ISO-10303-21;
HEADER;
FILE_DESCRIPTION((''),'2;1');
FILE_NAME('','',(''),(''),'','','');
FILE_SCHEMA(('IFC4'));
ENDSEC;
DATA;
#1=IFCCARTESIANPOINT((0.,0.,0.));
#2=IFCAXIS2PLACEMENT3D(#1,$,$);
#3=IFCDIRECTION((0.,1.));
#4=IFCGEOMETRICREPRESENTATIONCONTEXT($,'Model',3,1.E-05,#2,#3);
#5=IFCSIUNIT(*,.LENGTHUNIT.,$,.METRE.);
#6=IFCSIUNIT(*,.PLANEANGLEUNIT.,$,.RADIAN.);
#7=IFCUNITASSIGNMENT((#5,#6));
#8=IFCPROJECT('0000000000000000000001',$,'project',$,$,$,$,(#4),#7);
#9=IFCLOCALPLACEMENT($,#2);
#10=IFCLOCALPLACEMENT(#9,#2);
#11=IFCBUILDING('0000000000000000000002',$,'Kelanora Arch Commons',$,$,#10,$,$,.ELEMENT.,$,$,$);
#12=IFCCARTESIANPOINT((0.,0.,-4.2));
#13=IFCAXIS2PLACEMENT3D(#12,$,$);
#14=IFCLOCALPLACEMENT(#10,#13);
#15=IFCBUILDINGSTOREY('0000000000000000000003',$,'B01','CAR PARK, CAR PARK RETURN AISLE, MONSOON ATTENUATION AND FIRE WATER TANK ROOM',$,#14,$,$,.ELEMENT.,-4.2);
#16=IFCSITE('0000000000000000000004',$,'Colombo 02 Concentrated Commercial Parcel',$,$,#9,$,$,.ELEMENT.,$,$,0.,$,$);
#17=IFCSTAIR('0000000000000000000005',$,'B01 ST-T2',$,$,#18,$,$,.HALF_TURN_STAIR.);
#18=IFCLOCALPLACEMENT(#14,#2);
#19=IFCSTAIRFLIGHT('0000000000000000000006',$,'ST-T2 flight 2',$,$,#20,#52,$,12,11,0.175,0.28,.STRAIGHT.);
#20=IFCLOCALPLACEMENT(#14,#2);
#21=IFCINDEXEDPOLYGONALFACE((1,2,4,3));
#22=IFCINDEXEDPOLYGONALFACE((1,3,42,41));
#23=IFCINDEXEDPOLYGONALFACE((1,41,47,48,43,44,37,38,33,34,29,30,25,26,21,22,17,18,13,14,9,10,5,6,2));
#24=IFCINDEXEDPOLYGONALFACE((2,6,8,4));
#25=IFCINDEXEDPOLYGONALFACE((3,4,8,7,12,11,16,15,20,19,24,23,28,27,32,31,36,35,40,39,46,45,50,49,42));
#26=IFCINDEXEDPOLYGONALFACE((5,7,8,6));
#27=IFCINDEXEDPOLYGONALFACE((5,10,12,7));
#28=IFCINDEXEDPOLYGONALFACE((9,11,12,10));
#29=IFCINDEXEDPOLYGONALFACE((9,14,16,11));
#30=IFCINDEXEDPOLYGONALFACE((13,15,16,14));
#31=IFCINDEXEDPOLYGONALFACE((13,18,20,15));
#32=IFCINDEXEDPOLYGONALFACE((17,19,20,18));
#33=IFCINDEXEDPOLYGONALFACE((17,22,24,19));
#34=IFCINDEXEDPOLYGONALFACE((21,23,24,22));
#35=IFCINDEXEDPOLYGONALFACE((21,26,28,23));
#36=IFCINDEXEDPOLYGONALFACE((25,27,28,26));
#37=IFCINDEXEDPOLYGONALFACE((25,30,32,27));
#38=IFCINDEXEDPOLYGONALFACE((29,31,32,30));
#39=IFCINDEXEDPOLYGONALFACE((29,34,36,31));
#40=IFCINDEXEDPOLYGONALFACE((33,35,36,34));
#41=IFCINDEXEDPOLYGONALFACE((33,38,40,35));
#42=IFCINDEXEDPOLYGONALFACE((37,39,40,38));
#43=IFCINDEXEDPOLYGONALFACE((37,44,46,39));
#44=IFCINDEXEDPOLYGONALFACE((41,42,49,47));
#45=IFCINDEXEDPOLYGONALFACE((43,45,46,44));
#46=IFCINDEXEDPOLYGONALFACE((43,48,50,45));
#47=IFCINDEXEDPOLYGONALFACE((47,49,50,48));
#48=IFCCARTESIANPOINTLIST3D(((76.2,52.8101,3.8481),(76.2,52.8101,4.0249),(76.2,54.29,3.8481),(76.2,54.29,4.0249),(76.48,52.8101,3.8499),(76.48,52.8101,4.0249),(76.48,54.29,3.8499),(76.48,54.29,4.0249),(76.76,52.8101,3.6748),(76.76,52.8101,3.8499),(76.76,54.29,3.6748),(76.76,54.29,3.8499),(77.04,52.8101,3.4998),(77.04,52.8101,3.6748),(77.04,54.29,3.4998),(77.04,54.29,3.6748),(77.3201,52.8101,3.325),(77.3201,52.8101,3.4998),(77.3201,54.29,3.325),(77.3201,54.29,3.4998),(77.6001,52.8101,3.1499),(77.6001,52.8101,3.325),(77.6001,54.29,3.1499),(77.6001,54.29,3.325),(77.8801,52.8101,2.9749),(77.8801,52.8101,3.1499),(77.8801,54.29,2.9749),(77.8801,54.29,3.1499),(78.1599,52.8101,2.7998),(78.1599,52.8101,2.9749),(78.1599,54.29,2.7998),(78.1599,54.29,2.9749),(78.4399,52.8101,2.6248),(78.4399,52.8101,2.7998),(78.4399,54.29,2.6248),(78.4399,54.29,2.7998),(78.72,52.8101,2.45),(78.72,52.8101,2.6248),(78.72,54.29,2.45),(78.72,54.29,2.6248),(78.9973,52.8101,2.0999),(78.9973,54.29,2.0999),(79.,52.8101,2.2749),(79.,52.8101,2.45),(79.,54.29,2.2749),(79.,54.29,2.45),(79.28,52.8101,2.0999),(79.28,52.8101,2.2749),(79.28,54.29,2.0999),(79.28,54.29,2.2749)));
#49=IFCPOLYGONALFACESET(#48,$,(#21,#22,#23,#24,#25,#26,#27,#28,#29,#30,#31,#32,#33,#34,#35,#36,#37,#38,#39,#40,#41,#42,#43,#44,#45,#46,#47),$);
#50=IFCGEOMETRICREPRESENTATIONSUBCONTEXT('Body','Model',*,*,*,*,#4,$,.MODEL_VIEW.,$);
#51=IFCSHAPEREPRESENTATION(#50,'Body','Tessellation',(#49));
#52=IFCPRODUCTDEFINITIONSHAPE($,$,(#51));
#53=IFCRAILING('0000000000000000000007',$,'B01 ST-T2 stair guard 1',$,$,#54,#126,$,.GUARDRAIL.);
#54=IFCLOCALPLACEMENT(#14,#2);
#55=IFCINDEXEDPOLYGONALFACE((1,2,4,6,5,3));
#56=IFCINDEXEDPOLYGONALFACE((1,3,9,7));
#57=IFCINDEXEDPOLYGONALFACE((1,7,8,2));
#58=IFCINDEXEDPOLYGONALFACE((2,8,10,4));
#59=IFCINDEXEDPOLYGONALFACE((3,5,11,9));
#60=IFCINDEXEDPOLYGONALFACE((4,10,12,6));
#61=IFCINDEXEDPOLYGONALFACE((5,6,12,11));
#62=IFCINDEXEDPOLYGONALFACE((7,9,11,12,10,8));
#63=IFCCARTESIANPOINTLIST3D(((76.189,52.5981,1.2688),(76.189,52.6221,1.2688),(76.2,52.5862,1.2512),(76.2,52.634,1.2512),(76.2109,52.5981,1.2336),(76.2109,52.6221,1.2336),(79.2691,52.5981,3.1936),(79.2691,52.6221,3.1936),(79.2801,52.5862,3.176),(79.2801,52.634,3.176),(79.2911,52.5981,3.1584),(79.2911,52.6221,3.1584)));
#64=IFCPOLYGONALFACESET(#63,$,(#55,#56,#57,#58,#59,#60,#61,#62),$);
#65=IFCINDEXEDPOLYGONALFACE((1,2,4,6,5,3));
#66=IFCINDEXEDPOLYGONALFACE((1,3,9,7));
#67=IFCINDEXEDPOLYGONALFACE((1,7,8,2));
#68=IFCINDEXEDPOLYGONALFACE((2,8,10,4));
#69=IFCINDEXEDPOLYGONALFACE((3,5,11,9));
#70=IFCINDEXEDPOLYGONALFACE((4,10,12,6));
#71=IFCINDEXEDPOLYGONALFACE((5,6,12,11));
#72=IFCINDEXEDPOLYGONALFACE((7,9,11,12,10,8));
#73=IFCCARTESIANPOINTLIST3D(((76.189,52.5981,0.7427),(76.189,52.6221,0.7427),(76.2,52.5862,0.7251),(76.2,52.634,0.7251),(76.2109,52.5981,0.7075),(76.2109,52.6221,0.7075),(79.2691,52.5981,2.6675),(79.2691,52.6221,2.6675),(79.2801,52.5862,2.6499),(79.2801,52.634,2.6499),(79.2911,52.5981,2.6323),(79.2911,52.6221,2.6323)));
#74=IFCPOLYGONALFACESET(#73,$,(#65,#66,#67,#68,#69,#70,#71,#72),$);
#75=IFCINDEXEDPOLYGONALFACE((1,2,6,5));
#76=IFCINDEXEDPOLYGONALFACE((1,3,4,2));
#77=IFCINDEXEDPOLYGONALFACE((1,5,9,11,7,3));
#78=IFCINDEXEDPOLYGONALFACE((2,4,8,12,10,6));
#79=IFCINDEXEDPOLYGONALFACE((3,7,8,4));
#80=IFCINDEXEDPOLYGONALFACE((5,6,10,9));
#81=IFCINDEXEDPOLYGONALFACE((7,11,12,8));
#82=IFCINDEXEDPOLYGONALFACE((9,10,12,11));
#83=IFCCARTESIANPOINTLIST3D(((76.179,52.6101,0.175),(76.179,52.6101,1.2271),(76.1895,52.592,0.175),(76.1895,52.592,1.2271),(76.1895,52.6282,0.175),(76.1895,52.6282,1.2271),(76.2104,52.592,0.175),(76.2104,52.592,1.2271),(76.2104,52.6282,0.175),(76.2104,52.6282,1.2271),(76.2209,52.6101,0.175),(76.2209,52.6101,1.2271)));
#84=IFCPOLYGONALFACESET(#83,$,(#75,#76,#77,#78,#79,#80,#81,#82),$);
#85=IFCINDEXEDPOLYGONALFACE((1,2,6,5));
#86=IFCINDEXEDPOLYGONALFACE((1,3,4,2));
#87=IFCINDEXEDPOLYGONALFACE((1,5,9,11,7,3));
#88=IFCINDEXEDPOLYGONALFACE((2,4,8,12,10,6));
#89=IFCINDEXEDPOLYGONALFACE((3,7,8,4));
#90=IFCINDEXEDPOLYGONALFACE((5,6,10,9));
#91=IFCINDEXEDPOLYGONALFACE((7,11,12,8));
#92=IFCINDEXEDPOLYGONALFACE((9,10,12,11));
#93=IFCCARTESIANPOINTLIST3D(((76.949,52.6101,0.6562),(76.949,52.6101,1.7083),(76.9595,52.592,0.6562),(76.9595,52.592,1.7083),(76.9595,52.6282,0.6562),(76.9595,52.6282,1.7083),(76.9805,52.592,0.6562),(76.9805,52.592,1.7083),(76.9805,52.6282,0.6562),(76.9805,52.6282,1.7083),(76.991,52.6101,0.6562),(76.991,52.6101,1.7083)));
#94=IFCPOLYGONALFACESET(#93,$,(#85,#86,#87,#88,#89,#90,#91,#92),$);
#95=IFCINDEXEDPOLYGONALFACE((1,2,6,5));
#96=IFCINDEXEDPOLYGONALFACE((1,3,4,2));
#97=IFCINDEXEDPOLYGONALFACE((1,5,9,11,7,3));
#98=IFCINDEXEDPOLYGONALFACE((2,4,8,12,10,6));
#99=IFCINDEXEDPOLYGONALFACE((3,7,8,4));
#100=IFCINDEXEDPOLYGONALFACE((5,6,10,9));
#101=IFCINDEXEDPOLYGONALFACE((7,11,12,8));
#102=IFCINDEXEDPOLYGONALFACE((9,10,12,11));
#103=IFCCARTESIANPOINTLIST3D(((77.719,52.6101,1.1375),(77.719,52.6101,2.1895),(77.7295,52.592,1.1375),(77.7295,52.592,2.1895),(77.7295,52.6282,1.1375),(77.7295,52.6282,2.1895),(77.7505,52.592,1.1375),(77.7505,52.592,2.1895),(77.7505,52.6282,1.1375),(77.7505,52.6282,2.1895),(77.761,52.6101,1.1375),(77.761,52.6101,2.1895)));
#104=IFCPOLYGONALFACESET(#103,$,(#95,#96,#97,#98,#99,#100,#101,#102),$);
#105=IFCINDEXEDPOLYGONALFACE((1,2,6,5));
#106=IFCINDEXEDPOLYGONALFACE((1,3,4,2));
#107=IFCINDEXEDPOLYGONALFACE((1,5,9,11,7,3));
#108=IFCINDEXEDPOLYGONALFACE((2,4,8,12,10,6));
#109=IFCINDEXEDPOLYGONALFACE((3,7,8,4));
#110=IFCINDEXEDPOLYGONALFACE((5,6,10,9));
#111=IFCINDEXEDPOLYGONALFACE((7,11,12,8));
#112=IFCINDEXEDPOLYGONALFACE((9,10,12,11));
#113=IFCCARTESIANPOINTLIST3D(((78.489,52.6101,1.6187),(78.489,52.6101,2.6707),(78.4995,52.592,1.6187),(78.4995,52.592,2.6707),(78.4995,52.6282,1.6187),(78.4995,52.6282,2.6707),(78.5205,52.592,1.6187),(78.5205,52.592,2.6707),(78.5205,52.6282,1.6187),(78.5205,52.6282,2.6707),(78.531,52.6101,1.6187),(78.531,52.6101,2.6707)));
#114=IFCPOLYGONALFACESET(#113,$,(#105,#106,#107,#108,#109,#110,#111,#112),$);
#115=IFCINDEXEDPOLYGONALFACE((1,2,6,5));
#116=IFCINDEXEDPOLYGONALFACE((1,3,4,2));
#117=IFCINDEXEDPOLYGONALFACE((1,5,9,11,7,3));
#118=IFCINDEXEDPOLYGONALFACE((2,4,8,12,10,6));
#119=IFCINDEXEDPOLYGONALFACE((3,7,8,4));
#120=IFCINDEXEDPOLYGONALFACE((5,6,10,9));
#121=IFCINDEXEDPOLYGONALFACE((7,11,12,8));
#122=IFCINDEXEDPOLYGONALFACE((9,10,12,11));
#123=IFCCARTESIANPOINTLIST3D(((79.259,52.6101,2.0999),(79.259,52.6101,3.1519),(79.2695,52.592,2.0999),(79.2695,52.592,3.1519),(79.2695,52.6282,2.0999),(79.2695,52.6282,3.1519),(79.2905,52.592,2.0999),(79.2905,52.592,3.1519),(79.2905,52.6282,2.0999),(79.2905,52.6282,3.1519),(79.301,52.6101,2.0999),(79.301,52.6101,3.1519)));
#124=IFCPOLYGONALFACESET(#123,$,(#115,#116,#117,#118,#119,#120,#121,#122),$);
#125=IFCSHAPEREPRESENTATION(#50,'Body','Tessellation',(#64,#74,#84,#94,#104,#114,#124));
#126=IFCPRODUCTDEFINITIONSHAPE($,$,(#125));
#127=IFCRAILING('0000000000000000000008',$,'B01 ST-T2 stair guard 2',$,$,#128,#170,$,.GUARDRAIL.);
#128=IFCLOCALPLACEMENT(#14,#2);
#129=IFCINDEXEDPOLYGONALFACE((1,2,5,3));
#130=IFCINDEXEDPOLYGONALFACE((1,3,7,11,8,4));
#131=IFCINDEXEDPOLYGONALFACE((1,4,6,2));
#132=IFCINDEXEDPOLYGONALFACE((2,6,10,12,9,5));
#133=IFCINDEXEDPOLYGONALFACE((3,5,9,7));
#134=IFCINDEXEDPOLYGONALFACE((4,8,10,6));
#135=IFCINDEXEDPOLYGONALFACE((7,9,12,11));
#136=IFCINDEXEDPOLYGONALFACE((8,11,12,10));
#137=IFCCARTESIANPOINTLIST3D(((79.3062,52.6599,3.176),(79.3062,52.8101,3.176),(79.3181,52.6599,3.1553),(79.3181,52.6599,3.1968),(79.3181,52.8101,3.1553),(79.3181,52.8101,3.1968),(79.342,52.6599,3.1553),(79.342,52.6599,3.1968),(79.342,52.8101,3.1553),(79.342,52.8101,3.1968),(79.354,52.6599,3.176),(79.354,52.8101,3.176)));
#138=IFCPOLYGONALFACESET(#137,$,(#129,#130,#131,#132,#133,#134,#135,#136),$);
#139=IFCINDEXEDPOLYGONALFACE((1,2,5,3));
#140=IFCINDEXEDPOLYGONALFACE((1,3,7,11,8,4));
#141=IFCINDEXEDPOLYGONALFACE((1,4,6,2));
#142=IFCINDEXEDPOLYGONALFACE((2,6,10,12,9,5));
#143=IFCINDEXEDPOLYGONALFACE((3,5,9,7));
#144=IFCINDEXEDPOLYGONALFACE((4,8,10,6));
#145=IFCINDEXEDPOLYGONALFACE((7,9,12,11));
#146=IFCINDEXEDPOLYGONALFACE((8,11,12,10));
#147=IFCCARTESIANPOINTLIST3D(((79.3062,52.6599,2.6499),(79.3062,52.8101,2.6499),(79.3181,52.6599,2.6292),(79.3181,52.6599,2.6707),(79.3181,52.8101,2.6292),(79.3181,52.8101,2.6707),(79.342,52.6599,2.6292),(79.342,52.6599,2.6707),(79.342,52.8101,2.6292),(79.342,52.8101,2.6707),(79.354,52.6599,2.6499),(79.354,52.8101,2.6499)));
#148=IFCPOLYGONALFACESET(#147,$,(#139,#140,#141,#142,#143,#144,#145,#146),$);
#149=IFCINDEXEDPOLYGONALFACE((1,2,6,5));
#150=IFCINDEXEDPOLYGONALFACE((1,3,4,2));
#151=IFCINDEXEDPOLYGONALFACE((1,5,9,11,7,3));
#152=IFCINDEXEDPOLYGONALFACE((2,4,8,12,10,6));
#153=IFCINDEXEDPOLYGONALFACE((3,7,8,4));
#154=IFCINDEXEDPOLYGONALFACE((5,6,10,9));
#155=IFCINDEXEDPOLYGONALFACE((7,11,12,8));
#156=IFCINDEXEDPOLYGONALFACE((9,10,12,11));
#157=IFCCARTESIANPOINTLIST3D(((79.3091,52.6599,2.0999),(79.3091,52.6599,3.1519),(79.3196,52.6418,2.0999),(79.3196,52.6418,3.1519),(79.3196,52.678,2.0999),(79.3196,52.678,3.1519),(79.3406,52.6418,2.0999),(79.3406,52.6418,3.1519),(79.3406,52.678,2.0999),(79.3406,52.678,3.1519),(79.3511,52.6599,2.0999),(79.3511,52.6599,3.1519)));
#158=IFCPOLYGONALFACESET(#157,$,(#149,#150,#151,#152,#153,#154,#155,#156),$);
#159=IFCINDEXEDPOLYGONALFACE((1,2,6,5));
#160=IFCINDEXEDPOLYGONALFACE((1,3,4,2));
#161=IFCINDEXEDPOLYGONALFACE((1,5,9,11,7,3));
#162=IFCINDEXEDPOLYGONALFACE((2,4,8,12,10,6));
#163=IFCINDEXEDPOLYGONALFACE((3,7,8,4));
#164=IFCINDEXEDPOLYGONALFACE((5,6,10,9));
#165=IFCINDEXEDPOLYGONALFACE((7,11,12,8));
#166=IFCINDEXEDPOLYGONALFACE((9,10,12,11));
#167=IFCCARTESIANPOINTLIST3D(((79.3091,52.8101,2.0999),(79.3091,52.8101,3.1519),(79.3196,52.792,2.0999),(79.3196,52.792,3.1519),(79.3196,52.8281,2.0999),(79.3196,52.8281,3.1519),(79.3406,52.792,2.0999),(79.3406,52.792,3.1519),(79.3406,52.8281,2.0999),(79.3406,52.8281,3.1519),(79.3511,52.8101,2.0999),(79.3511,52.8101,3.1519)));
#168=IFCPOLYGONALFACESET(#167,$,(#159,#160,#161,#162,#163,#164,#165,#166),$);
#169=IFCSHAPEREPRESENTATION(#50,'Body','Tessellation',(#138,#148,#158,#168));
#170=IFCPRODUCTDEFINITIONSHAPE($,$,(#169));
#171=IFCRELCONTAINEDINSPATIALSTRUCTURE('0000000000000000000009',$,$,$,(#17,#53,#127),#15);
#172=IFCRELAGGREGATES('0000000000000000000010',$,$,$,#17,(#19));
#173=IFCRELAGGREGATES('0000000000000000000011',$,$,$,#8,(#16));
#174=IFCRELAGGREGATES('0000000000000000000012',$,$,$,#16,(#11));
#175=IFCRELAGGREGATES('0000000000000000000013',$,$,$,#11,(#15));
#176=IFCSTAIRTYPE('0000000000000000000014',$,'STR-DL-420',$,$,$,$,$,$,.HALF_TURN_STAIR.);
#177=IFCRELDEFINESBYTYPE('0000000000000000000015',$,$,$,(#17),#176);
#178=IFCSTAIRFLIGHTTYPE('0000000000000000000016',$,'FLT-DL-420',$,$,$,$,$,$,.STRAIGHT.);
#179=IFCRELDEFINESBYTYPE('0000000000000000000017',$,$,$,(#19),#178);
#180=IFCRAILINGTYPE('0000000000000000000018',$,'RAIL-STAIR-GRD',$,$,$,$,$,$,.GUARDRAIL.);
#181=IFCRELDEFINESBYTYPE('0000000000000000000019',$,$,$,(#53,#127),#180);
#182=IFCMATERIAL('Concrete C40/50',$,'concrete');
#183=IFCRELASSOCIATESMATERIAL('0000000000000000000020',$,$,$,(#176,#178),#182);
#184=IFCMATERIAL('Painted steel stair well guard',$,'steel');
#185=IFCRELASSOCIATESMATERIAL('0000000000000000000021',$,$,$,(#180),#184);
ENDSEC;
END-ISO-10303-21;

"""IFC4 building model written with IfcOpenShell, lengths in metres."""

from ifc_helpers import new_model, si_unit, direction, frame, origin, place, context, subcontext, project, spatial, polyline, outline, extrude, material, type_object, element, aggregate, save


model = new_model("IFC4")

# Units and contexts
model_context = context("Model", 3, precision=1e-05, world=origin(), true_north=direction((0.0, 1.0)))
body_context = subcontext(model_context, "Body", "Model", "MODEL_VIEW")
ifc_project = project(units=[si_unit("LENGTHUNIT", "METRE"), si_unit("PLANEANGLEUNIT", "RADIAN")], contexts=[model_context])

# Site, building, storey
site_placement = place(None, origin())
site = spatial("IfcSite", under=ifc_project, at=site_placement, Name="Colombo 02 Concentrated Commercial Parcel", CompositionType="ELEMENT", RefElevation=0.0)
building_placement = place(site_placement, origin())
building = spatial("IfcBuilding", under=site, at=building_placement, Name="Kelanora Arch Commons", CompositionType="ELEMENT")
storey_placement = place(building_placement, frame((0.0, 0.0, -4.2)))
storey = spatial("IfcBuildingStorey", under=building, at=storey_placement, Name="B01", Description="CAR PARK, CAR PARK RETURN AISLE, MONSOON ATTENUATION AND FIRE WATER TANK ROOM", CompositionType="ELEMENT", Elevation=-4.2)

# Shared definitions
ifc_material_1 = material(Name="Concrete C40/50", Category="concrete")

# Stair, stair flight
stair_type = type_object("IfcStairType", Name="STR-DL-420", PredefinedType="HALF_TURN_STAIR", material=ifc_material_1)
stair_placement = place(storey_placement, origin())
stair = element("IfcStair", 1, at=stair_placement, inside=storey, type_object=stair_type, Name="B01 ST-T2", PredefinedType="HALF_TURN_STAIR")
stair_flight_type = type_object("IfcStairFlightType", Name="FLT-DL-420", PredefinedType="STRAIGHT", material=ifc_material_1)
stair_flight_1_placement = place(storey_placement, frame((79.28, 53.55, 2.0999), z_axis=(0.0, 0.0, 1.0), x_axis=(-1.0, 0.0, 0.0)))
stair_flight_1 = element("IfcStairFlight", 2, at=stair_flight_1_placement, type_object=stair_flight_type, Name="ST-T2 flight 2", NumberOfRisers=12, NumberOfTreads=11, PredefinedType="STRAIGHT", RiserHeight=0.175, TreadLength=0.28, context=body_context, shape_type="SweptSolid", body=[
    extrude(outline(polyline([(0.0, 0.0), (0.0, 0.175), (0.28, 0.175), (0.28, 0.3501), (0.5601, 0.3501), (0.5601, 0.5249), (0.8401, 0.5249), (0.8401, 0.7), (1.1201, 0.7), (1.1201, 0.875), (1.3999, 0.875), (1.3999, 1.05), (1.6799, 1.05), (1.6799, 1.2251), (1.96, 1.2251), (1.96, 1.3999), (2.24, 1.3999), (2.24, 1.575), (2.52, 1.575), (2.52, 1.75), (2.8, 1.75), (2.8, 1.925), (3.0801, 1.925), (3.0801, 2.1001), (3.0801, 1.7483), (0.2827, 0.0), (0.0, 0.0)])), frame((0.0, 0.74, 0.0), z_axis=(0.0, -1.0, 0.0), x_axis=(1.0, 0.0, 0.0)), (0.0, 0.0, 1.0), 1.48),
])
aggregate(stair, [stair_flight_1])

# Railings
ifc_material_2 = material(Name="Painted steel stair well guard", Category="steel")
railing_type_1 = type_object("IfcRailingType", Name="RAIL-STAIR-GRD", PredefinedType="GUARDRAIL", material=ifc_material_2)
railing_1_placement = place(storey_placement, frame((76.2, 52.6101, 0.175)))
element("IfcRailing", 3, at=railing_1_placement, inside=storey, type_object=railing_type_1, Name="B01 ST-T2 stair guard 1", PredefinedType="GUARDRAIL", context=body_context, shape_type="SweptSolid", body=[
    extrude(outline(polyline([(0.0239, 0.0), (0.012, 0.0208), (-0.012, 0.0208), (-0.0239, 0.0), (-0.012, -0.0208), (0.012, -0.0208), (0.0239, 0.0)])), frame((0.0, 0.0, 1.0762), z_axis=(0.848029, 0.0, 0.529951), x_axis=(0.0, 1.0, 0.0)), (0.0, 0.0, 1.0), 3.6321),
    extrude(outline(polyline([(0.0239, 0.0), (0.012, 0.0208), (-0.012, 0.0208), (-0.0239, 0.0), (-0.012, -0.0208), (0.012, -0.0208), (0.0239, 0.0)])), frame((0.0, 0.0, 0.55), z_axis=(0.848029, 0.0, 0.529951), x_axis=(0.0, 1.0, 0.0)), (0.0, 0.0, 1.0), 3.6321),
    extrude(outline(polyline([(0.021, 0.0), (0.0105, 0.0181), (-0.0105, 0.0181), (-0.021, 0.0), (-0.0105, -0.0181), (0.0105, -0.0181), (0.021, 0.0)])), origin(), (0.0, 0.0, 1.0), 1.052),
    extrude(outline(polyline([(0.021, 0.0), (0.0105, 0.0181), (-0.0105, 0.0181), (-0.021, 0.0), (-0.0105, -0.0181), (0.0105, -0.0181), (0.021, 0.0)])), frame((0.77, 0.0, 0.4812)), (0.0, 0.0, 1.0), 1.052),
    extrude(outline(polyline([(0.021, 0.0), (0.0105, 0.0181), (-0.0105, 0.0181), (-0.021, 0.0), (-0.0105, -0.0181), (0.0105, -0.0181), (0.021, 0.0)])), frame((1.54, 0.0, 0.9624)), (0.0, 0.0, 1.0), 1.052),
    extrude(outline(polyline([(0.021, 0.0), (0.0105, 0.0181), (-0.0105, 0.0181), (-0.021, 0.0), (-0.0105, -0.0181), (0.0105, -0.0181), (0.021, 0.0)])), frame((2.3101, 0.0, 1.4436)), (0.0, 0.0, 1.0), 1.052),
    extrude(outline(polyline([(0.021, 0.0), (0.0105, 0.0181), (-0.0105, 0.0181), (-0.021, 0.0), (-0.0105, -0.0181), (0.0105, -0.0181), (0.021, 0.0)])), frame((3.0801, 0.0, 1.9248)), (0.0, 0.0, 1.0), 1.052),
])
railing_2_placement = place(storey_placement, frame((79.3301, 52.6599, 2.0999)))
element("IfcRailing", 4, at=railing_2_placement, inside=storey, type_object=railing_type_1, Name="B01 ST-T2 stair guard 2", PredefinedType="GUARDRAIL", context=body_context, shape_type="SweptSolid", body=[
    extrude(outline(polyline([(0.0239, 0.0), (0.012, 0.0208), (-0.012, 0.0208), (-0.0239, 0.0), (-0.012, -0.0208), (0.012, -0.0208), (0.0239, 0.0)])), frame((0.0, 0.0, 1.0762), z_axis=(0.0, 1.0, 0.0), x_axis=(-1.0, 0.0, 0.0)), (0.0, 0.0, 1.0), 0.1501),
    extrude(outline(polyline([(0.0239, 0.0), (0.012, 0.0208), (-0.012, 0.0208), (-0.0239, 0.0), (-0.012, -0.0208), (0.012, -0.0208), (0.0239, 0.0)])), frame((0.0, 0.0, 0.55), z_axis=(0.0, 1.0, 0.0), x_axis=(-1.0, 0.0, 0.0)), (0.0, 0.0, 1.0), 0.1501),
    extrude(outline(polyline([(0.021, 0.0), (0.0105, 0.0181), (-0.0105, 0.0181), (-0.021, 0.0), (-0.0105, -0.0181), (0.0105, -0.0181), (0.021, 0.0)])), origin(), (0.0, 0.0, 1.0), 1.052),
    extrude(outline(polyline([(0.021, 0.0), (0.0105, 0.0181), (-0.0105, 0.0181), (-0.021, 0.0), (-0.0105, -0.0181), (0.0105, -0.0181), (0.021, 0.0)])), frame((0.0, 0.1501, 0.0)), (0.0, 0.0, 1.0), 1.052),
])

save(model, "model.ifc")
